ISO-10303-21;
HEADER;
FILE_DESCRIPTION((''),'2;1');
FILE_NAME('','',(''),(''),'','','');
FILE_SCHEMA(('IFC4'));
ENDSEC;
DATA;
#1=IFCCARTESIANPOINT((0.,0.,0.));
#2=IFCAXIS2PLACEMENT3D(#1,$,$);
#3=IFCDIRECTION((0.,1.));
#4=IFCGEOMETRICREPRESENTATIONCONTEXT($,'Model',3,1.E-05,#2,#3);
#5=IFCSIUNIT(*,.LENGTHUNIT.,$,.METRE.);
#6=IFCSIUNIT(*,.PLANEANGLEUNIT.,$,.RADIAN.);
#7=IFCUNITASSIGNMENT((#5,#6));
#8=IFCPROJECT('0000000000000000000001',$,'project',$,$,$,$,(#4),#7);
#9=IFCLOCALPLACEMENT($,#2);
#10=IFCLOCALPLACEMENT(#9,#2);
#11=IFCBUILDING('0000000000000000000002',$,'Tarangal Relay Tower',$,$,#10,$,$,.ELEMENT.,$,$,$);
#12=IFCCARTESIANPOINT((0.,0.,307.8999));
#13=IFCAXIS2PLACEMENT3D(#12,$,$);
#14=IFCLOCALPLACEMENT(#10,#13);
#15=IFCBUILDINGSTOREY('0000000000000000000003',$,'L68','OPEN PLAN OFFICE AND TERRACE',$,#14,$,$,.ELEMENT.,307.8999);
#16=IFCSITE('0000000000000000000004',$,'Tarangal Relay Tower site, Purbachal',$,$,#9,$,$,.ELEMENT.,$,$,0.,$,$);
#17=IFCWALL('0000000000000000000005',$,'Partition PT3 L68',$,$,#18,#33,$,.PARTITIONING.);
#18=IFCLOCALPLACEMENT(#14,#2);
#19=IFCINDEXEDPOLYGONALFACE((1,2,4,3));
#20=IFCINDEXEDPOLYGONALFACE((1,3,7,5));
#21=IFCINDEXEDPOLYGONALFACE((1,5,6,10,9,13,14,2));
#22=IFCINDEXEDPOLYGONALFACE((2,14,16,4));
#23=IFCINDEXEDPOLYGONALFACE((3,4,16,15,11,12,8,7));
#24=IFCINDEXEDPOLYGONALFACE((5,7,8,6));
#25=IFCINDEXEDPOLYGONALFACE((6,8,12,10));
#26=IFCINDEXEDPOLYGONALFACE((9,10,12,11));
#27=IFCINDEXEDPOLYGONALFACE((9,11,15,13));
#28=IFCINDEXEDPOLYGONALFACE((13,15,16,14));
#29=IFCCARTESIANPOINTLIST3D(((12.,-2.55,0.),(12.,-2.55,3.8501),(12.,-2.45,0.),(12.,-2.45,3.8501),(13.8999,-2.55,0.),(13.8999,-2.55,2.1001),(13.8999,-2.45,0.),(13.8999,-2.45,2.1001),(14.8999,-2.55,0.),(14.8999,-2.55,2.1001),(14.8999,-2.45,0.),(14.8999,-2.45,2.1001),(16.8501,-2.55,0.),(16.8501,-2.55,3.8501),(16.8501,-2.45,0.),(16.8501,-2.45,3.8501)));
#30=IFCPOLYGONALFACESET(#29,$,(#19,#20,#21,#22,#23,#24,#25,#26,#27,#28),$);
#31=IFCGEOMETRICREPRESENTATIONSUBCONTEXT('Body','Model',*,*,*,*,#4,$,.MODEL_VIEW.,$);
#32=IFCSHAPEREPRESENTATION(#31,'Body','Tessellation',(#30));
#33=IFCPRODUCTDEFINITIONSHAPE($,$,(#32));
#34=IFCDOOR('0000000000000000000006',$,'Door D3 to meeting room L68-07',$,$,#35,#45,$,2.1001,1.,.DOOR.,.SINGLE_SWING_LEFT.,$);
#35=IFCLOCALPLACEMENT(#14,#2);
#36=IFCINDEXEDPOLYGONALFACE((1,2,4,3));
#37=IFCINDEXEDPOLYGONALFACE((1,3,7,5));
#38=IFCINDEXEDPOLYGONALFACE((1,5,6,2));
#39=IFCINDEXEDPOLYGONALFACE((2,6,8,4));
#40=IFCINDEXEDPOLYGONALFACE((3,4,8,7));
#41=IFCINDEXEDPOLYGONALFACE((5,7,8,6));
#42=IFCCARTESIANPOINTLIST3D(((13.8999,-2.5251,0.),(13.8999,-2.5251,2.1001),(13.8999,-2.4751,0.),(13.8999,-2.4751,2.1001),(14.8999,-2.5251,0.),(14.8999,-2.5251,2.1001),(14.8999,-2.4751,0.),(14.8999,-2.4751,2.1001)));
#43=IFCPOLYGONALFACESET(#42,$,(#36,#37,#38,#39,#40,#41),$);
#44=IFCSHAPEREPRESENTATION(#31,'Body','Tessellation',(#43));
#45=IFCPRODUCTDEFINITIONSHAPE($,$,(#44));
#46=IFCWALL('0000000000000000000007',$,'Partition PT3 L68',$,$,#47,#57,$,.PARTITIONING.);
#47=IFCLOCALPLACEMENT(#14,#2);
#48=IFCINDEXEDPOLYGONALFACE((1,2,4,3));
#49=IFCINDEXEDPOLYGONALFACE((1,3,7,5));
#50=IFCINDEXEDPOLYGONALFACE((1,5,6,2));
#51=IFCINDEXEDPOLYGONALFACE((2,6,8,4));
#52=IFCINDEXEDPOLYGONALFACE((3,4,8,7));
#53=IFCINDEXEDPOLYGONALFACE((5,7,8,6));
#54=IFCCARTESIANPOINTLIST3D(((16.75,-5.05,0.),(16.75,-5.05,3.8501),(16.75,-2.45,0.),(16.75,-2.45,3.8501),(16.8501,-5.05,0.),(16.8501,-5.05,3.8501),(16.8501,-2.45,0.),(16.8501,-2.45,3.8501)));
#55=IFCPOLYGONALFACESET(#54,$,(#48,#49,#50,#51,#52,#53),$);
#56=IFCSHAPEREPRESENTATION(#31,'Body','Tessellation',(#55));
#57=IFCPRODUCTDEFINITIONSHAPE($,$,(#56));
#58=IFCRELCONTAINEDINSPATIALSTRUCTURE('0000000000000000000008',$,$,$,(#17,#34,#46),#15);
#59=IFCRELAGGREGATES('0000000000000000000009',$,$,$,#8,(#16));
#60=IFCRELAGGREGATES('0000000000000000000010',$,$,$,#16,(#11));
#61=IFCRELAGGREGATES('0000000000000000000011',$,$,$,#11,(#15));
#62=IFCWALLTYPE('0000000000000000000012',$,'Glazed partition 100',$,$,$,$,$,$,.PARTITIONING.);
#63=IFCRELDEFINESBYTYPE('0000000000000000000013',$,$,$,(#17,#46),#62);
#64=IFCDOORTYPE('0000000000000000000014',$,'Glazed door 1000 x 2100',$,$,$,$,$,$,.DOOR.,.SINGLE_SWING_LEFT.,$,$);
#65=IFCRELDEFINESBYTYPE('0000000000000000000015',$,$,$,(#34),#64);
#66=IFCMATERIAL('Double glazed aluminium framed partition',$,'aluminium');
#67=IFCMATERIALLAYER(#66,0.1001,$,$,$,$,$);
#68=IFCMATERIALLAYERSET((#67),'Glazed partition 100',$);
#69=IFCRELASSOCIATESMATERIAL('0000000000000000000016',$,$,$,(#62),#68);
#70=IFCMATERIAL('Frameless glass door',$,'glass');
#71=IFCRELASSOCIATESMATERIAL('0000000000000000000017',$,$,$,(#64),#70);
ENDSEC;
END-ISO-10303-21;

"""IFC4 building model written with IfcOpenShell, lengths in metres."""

from ifc_helpers import new_model, si_unit, direction, frame, frame_2d, origin, place, context, subcontext, project, spatial, rectangle, extrude, material, layer, layer_set, type_object, element, fill, save


model = new_model("IFC4")

# Units and contexts
model_context = context("Model", 3, precision=1e-05, world=origin(), true_north=direction((0.0, 1.0)))
body_context = subcontext(model_context, "Body", "Model", "MODEL_VIEW")
ifc_project = project(units=[si_unit("LENGTHUNIT", "METRE"), si_unit("PLANEANGLEUNIT", "RADIAN")], contexts=[model_context])

# Site, building, storey
site_placement = place(None, origin())
site = spatial("IfcSite", under=ifc_project, at=site_placement, Name="Tarangal Relay Tower site, Purbachal", CompositionType="ELEMENT", RefElevation=0.0)
building_placement = place(site_placement, origin())
building = spatial("IfcBuilding", under=site, at=building_placement, Name="Tarangal Relay Tower", CompositionType="ELEMENT")
storey_placement = place(building_placement, frame((0.0, 0.0, 307.8999)))
storey = spatial("IfcBuildingStorey", under=building, at=storey_placement, Name="L68", Description="OPEN PLAN OFFICE AND TERRACE", CompositionType="ELEMENT", Elevation=307.8999)

# Wall, opening, door
ifc_material_1 = material(Name="Double glazed aluminium framed partition", Category="aluminium")
ifc_layer_1 = layer(ifc_material_1, 0.1001)
ifc_layer_set_1 = layer_set([ifc_layer_1], Name="Glazed partition 100")
wall_type_1 = type_object("IfcWallType", Name="Glazed partition 100", PredefinedType="PARTITIONING", material=ifc_layer_set_1)
wall_1_placement = place(storey_placement, frame((12.0, -2.5, 0.0), z_axis=(0.0, 0.0, 1.0), x_axis=(1.0, 0.0, 0.0)))
wall_1 = element("IfcWall", 1, at=wall_1_placement, inside=storey, type_object=wall_type_1, Name="Partition PT3 L68", PredefinedType="PARTITIONING", context=body_context, shape_type="SweptSolid", body=[
    extrude(rectangle(XDim=4.8501, YDim=0.1001, at=frame_2d((2.425, 0.0))), origin(), (0.0, 0.0, 1.0), 3.8501),
])
opening_1_placement = place(wall_1_placement, frame((1.8999, 0.0, 0.0)))
opening_1 = element("IfcOpeningElement", 2, at=opening_1_placement, cuts=wall_1, PredefinedType="OPENING", context=body_context, shape_type="SweptSolid", body=[
    extrude(rectangle(XDim=1.0, YDim=2.1001, at=frame_2d((0.5, 1.05))), frame((0.0, 0.0601, 0.0), z_axis=(0.0, -1.0, 0.0), x_axis=(1.0, 0.0, 0.0)), (0.0, 0.0, 1.0), 0.1201),
])
ifc_material_2 = material(Name="Frameless glass door", Category="glass")
door_type_1 = type_object("IfcDoorType", Name="Glazed door 1000 x 2100", OperationType="SINGLE_SWING_LEFT", PredefinedType="DOOR", material=ifc_material_2)
door_1_placement = place(opening_1_placement, origin())
door_1 = element("IfcDoor", 3, at=door_1_placement, inside=storey, type_object=door_type_1, Name="Door D3 to meeting room L68-07", OperationType="SINGLE_SWING_LEFT", OverallHeight=2.1001, OverallWidth=1.0, PredefinedType="DOOR", context=body_context, shape_type="SweptSolid", body=[
    extrude(rectangle(XDim=1.0, YDim=2.1001, at=frame_2d((0.5, 1.05))), frame((0.0, 0.0249, 0.0), z_axis=(0.0, -1.0, 0.0), x_axis=(1.0, 0.0, 0.0)), (0.0, 0.0, 1.0), 0.05),
])
fill(opening_1, door_1)

# Wall
wall_2_placement = place(storey_placement, frame((16.8, -5.05, 0.0), z_axis=(0.0, 0.0, 1.0), x_axis=(0.0, 1.0, 0.0)))
element("IfcWall", 4, at=wall_2_placement, inside=storey, type_object=wall_type_1, Name="Partition PT3 L68", PredefinedType="PARTITIONING", context=body_context, shape_type="SweptSolid", body=[
    extrude(rectangle(XDim=2.6001, YDim=0.1001, at=frame_2d((1.3, 0.0))), origin(), (0.0, 0.0, 1.0), 3.8501),
])

save(model, "model.ifc")
